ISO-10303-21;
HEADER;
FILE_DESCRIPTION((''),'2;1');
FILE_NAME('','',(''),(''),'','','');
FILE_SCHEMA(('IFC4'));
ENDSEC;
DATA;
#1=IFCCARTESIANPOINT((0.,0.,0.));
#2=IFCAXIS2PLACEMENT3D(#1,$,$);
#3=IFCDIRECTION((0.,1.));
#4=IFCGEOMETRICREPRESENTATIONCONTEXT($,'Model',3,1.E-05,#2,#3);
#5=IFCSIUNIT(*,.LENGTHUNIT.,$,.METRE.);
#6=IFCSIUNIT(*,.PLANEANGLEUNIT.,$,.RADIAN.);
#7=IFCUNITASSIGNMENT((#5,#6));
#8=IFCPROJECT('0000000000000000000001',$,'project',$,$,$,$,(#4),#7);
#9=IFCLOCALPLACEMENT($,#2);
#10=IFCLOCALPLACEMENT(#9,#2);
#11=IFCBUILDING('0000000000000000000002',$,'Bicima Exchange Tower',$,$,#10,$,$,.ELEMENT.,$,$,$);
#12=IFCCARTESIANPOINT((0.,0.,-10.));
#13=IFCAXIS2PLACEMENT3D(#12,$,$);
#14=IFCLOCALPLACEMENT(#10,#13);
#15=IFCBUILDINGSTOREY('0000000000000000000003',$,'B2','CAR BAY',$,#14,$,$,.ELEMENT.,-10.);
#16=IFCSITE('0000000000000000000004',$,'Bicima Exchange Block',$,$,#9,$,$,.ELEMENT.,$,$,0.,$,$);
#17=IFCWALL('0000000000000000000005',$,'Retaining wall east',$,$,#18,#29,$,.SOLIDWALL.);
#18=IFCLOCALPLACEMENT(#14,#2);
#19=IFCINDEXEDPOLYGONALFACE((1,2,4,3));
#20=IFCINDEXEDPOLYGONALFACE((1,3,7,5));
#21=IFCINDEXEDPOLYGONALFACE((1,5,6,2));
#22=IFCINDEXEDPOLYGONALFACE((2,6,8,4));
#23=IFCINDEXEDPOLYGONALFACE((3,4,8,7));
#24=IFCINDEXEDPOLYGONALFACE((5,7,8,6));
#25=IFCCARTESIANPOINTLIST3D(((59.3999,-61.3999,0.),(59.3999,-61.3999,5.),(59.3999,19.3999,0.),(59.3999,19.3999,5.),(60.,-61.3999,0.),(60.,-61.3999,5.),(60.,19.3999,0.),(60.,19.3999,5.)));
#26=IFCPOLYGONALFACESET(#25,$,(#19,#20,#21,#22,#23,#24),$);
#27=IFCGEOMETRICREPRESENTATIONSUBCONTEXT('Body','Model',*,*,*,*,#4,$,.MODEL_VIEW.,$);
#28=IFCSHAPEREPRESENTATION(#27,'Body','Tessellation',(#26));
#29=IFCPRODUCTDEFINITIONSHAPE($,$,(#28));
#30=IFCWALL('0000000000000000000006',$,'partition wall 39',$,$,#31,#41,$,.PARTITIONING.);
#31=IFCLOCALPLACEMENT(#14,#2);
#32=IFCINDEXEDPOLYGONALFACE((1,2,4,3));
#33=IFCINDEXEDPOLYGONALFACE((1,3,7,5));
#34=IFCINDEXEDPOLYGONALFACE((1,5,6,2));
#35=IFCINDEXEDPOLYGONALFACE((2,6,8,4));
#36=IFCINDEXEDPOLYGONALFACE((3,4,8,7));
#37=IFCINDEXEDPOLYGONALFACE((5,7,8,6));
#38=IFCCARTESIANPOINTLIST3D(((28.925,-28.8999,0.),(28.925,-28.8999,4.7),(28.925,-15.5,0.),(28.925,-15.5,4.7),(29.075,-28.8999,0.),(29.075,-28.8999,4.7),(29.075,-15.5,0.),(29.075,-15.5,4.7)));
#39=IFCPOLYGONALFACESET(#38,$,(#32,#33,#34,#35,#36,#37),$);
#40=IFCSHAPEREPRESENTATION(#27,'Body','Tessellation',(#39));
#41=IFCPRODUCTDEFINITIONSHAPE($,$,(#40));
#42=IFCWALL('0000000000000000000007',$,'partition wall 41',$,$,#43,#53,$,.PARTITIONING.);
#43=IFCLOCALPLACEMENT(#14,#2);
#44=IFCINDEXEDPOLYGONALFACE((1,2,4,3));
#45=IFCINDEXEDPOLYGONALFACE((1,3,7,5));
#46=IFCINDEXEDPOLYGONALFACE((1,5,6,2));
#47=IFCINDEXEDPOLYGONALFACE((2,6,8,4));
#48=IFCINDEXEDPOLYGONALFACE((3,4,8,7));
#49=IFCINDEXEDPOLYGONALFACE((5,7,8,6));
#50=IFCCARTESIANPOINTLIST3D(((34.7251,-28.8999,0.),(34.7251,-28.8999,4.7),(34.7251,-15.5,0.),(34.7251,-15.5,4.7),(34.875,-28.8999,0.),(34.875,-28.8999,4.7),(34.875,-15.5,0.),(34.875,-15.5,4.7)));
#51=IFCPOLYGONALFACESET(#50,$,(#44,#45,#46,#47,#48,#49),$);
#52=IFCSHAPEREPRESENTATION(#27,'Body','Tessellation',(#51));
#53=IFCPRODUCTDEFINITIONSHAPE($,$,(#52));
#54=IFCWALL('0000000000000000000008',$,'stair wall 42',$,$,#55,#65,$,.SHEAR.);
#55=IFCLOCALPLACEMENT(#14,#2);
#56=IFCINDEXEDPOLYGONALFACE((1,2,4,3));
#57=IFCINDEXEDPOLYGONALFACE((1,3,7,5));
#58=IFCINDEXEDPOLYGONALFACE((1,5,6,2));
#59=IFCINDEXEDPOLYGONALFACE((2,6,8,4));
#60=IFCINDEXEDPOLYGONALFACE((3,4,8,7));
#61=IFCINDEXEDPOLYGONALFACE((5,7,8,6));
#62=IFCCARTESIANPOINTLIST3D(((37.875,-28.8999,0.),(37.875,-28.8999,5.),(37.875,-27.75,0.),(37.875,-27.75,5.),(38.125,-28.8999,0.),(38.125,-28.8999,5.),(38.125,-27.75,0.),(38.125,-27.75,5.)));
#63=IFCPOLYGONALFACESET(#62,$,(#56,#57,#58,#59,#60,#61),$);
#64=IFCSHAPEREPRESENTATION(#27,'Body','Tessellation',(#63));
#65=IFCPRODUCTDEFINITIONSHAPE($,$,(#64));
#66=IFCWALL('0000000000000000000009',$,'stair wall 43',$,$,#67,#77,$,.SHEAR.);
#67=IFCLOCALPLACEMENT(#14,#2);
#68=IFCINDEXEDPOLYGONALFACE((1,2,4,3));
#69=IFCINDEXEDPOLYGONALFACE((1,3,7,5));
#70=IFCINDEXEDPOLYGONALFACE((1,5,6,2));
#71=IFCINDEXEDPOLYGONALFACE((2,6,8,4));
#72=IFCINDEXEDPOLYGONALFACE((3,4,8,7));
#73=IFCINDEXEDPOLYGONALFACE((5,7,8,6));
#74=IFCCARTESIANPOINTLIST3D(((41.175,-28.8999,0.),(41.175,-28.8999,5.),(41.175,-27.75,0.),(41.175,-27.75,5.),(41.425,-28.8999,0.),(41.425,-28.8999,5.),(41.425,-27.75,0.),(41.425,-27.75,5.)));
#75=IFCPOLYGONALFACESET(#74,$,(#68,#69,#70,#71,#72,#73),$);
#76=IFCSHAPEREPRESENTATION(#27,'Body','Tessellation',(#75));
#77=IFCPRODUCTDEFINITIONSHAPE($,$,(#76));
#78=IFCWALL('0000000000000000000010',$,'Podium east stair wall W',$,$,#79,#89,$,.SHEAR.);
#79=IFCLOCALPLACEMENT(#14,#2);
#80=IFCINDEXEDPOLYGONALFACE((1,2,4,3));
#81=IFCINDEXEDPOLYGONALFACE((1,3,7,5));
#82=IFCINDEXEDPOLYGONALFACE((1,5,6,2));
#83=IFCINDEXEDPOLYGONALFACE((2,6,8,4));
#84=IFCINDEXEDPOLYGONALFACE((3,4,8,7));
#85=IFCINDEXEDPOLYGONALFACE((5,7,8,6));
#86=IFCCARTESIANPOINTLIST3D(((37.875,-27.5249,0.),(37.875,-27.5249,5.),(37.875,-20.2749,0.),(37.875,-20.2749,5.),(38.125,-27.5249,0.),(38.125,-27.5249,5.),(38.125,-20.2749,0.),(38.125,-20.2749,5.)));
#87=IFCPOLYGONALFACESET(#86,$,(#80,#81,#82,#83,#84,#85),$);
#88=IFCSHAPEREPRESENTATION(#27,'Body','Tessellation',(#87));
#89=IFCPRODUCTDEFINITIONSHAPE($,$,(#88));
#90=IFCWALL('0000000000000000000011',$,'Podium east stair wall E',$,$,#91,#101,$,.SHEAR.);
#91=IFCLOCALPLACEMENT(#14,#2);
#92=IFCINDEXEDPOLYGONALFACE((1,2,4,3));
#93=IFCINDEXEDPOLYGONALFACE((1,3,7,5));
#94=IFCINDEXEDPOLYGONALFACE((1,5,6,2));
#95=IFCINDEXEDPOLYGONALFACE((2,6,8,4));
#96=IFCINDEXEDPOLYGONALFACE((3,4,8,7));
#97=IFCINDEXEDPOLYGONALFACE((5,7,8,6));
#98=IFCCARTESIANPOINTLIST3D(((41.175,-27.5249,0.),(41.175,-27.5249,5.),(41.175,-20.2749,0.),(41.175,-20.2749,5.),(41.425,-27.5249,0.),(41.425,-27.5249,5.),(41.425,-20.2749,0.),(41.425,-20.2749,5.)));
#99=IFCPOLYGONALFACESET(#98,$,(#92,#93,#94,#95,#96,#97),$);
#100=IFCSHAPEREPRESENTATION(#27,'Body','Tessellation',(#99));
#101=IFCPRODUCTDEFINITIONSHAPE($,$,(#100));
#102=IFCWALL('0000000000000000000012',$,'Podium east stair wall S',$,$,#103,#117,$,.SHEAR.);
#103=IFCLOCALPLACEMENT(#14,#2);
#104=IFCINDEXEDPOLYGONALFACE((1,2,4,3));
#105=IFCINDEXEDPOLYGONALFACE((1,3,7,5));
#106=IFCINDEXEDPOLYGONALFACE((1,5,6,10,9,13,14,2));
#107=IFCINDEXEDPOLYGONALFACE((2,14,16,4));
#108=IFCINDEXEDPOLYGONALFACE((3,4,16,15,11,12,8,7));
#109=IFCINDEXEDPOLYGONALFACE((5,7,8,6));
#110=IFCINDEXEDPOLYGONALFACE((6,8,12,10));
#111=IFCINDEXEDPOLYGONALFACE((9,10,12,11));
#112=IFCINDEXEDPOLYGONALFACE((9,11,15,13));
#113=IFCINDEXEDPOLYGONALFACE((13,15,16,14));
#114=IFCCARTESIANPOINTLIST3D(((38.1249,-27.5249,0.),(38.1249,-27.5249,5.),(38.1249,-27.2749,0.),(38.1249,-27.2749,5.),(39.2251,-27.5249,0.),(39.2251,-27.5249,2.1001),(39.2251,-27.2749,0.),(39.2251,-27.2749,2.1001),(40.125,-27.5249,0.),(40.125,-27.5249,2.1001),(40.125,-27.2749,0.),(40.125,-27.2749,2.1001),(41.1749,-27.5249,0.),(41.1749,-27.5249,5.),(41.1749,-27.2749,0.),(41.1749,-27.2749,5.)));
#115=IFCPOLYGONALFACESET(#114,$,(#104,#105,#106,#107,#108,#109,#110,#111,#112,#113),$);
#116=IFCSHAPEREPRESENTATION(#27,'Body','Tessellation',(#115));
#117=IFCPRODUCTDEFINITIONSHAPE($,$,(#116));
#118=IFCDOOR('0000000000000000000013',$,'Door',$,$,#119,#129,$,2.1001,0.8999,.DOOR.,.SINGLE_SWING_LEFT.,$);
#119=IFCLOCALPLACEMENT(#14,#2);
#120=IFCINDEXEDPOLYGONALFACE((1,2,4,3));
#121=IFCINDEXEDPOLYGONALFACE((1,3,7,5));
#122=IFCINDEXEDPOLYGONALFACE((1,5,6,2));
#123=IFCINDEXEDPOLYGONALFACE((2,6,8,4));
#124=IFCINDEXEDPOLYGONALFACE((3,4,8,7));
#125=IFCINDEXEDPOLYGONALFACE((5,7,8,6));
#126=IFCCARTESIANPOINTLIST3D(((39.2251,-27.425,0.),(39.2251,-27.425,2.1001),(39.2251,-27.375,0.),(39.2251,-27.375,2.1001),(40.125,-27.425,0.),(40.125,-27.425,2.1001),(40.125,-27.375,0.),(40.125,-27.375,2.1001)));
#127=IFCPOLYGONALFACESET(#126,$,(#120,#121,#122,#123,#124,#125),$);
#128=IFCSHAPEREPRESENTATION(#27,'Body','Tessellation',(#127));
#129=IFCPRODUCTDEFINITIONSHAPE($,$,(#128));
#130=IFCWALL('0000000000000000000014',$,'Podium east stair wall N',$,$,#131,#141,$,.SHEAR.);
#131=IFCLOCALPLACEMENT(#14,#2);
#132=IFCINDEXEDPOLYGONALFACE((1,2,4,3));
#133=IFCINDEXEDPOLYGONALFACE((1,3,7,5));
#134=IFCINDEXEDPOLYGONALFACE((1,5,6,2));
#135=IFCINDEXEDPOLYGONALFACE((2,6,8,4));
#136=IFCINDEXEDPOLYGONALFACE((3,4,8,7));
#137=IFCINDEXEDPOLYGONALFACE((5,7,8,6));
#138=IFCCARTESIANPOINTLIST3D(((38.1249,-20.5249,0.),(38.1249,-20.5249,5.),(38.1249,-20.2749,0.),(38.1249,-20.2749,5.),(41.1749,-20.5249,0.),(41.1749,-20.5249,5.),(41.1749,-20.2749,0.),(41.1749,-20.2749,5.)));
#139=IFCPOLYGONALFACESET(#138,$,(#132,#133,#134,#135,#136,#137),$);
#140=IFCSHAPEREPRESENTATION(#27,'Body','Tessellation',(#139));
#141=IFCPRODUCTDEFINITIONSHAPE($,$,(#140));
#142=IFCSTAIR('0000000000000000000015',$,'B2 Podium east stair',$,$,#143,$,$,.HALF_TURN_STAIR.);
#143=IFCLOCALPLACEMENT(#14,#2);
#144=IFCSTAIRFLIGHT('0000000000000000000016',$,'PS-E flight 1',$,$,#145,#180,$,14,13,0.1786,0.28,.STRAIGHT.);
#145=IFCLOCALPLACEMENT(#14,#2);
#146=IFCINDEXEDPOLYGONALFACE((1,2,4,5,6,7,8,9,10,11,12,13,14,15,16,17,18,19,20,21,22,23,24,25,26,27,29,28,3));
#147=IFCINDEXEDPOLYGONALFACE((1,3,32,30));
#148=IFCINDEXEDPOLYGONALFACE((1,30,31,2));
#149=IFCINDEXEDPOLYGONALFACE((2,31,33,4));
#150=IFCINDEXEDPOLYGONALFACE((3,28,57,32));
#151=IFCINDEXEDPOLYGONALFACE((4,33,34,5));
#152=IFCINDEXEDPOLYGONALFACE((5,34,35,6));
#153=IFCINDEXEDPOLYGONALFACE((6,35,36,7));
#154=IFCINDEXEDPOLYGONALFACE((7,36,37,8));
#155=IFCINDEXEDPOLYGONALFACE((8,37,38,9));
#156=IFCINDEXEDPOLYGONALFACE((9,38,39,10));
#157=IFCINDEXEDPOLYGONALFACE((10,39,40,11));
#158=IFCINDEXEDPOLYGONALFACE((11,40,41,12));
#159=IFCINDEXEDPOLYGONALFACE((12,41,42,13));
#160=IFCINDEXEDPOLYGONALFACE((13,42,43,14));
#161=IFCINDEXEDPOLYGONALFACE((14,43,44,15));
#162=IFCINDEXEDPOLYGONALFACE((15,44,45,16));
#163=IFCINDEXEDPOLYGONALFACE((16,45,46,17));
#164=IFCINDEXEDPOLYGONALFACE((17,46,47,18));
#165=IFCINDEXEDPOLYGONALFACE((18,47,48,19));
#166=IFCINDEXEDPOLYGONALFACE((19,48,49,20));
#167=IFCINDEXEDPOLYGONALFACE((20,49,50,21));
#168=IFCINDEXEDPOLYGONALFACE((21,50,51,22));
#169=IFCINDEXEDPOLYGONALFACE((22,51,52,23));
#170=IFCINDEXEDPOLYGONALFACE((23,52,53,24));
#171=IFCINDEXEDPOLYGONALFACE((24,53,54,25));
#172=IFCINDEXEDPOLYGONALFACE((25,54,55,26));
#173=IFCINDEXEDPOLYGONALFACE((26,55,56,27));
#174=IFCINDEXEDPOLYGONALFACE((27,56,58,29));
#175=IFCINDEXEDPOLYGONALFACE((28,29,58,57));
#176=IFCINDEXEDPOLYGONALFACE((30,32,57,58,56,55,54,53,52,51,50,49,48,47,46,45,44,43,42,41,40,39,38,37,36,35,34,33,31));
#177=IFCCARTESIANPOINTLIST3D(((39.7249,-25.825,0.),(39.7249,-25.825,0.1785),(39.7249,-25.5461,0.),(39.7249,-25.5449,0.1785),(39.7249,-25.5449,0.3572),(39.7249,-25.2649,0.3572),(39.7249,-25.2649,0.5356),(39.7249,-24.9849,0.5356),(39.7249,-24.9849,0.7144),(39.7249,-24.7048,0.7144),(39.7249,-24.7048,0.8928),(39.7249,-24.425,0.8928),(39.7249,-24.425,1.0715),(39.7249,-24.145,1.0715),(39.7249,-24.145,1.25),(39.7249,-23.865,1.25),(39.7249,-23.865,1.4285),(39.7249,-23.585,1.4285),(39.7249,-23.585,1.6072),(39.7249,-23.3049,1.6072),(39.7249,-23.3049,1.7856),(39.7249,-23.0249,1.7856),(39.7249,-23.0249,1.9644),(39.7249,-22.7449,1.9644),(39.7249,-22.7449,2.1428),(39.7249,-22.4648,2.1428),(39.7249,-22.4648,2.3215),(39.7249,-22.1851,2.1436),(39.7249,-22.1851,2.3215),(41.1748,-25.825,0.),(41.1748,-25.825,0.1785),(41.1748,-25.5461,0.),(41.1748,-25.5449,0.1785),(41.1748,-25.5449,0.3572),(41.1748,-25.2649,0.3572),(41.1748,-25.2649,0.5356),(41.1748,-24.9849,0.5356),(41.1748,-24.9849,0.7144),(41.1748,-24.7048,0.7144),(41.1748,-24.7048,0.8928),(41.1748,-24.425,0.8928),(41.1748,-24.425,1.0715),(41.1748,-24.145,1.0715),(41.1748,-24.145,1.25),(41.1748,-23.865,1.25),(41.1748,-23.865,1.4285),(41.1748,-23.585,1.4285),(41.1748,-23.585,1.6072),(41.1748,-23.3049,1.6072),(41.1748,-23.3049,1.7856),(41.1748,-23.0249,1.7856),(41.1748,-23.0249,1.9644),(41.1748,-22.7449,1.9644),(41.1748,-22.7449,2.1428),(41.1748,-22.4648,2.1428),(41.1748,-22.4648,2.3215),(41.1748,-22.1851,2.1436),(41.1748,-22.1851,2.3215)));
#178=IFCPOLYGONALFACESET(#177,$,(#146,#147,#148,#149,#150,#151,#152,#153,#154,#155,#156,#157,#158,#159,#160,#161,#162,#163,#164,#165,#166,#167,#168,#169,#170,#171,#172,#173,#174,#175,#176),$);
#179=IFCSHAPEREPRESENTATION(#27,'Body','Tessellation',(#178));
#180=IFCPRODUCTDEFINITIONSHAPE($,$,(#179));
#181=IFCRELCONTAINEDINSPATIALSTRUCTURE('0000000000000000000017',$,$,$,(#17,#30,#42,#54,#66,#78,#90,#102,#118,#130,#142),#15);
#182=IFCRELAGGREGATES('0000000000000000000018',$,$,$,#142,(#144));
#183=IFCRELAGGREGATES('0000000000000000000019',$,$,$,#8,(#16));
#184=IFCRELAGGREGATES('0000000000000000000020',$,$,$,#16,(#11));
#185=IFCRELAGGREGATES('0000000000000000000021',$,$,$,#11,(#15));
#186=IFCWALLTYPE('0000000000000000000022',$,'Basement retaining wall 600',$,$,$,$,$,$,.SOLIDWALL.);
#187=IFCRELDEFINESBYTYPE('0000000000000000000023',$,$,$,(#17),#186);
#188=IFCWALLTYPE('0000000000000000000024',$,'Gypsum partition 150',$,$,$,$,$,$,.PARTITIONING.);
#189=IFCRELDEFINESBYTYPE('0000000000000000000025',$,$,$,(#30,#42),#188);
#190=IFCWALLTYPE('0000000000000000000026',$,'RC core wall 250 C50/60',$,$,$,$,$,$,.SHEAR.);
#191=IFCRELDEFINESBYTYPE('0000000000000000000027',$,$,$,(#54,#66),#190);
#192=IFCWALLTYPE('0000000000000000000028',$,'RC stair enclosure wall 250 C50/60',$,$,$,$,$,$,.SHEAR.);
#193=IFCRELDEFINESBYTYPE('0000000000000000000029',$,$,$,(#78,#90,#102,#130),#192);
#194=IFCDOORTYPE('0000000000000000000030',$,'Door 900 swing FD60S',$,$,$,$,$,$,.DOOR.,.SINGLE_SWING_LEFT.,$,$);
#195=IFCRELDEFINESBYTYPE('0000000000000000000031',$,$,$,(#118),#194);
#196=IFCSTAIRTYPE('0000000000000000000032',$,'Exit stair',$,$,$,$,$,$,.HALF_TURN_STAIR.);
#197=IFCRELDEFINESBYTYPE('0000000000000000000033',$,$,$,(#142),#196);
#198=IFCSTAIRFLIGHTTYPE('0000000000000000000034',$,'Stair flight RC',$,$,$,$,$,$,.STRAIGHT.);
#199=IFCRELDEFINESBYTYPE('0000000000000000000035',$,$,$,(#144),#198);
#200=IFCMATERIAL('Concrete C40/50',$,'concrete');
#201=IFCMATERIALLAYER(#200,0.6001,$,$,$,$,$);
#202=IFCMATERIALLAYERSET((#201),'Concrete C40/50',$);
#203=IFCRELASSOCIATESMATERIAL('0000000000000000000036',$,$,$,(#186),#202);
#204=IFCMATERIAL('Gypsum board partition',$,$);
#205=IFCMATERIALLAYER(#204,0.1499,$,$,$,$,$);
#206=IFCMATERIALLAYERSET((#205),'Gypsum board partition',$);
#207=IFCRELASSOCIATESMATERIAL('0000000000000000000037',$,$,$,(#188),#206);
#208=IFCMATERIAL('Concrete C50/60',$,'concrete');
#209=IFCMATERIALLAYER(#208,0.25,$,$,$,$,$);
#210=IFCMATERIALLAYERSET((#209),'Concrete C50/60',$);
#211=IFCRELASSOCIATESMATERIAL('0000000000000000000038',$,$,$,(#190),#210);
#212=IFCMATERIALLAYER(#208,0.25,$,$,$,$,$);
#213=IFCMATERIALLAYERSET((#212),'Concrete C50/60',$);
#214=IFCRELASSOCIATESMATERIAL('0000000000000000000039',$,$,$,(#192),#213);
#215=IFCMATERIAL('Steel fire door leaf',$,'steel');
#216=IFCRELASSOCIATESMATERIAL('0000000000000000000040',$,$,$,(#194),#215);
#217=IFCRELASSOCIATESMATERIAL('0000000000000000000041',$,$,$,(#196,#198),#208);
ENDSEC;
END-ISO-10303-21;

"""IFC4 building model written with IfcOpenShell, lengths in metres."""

from ifc_helpers import new_model, si_unit, direction, frame, frame_2d, origin, place, context, subcontext, project, spatial, polyline, rectangle, outline, extrude, material, layer, layer_set, type_object, element, fill, aggregate, save


model = new_model("IFC4")

# Units and contexts
model_context = context("Model", 3, precision=1e-05, world=origin(), true_north=direction((0.0, 1.0)))
body_context = subcontext(model_context, "Body", "Model", "MODEL_VIEW")
ifc_project = project(units=[si_unit("LENGTHUNIT", "METRE"), si_unit("PLANEANGLEUNIT", "RADIAN")], contexts=[model_context])

# Site, building, storey
site_placement = place(None, origin())
site = spatial("IfcSite", under=ifc_project, at=site_placement, Name="Bicima Exchange Block", CompositionType="ELEMENT", RefElevation=0.0)
building_placement = place(site_placement, origin())
building = spatial("IfcBuilding", under=site, at=building_placement, Name="Bicima Exchange Tower", CompositionType="ELEMENT")
storey_placement = place(building_placement, frame((0.0, 0.0, -10.0)))
storey = spatial("IfcBuildingStorey", under=building, at=storey_placement, Name="B2", Description="CAR BAY", CompositionType="ELEMENT", Elevation=-10.0)

# Walls
ifc_material_1 = material(Name="Concrete C40/50", Category="concrete")
ifc_layer_1 = layer(ifc_material_1, 0.6001)
ifc_layer_set_1 = layer_set([ifc_layer_1], Name="Concrete C40/50")
wall_type_1 = type_object("IfcWallType", Name="Basement retaining wall 600", PredefinedType="SOLIDWALL", material=ifc_layer_set_1)
wall_1_placement = place(storey_placement, frame((59.7, -61.3999, 0.0), z_axis=(0.0, 0.0, 1.0), x_axis=(0.0, 1.0, 0.0)))
element("IfcWall", 1, at=wall_1_placement, inside=storey, type_object=wall_type_1, Name="Retaining wall east", PredefinedType="SOLIDWALL", context=body_context, shape_type="SweptSolid", body=[
    extrude(rectangle(XDim=80.7998, YDim=0.6001, at=frame_2d((40.3999, 0.0))), origin(), (0.0, 0.0, 1.0), 5.0),
])
ifc_material_2 = material(Name="Gypsum board partition")
ifc_layer_2 = layer(ifc_material_2, 0.1499)
ifc_layer_set_2 = layer_set([ifc_layer_2], Name="Gypsum board partition")
wall_type_2 = type_object("IfcWallType", Name="Gypsum partition 150", PredefinedType="PARTITIONING", material=ifc_layer_set_2)
for number, where, z_axis, x_axis, name in (
    (2, (29.0, -28.8999, 0.0), (0.0, 0.0, 1.0), (0.0, 1.0, 0.0), "partition wall 39"),
    (3, (34.8, -28.8999, 0.0), (0.0, 0.0, 1.0), (0.0, 1.0, 0.0), "partition wall 41"),
):
    element("IfcWall", number, at=place(storey_placement, frame(where, z_axis=z_axis, x_axis=x_axis)), inside=storey, type_object=wall_type_2, Name=name, PredefinedType="PARTITIONING", context=body_context, shape_type="SweptSolid", body=[
        extrude(rectangle(XDim=13.3999, YDim=0.1499, at=frame_2d((6.7, 0.0))), origin(), (0.0, 0.0, 1.0), 4.7),
    ])
ifc_material_3 = material(Name="Concrete C50/60", Category="concrete")
ifc_layer_3 = layer(ifc_material_3, 0.25)
ifc_layer_set_3 = layer_set([ifc_layer_3], Name="Concrete C50/60")
wall_type_3 = type_object("IfcWallType", Name="RC core wall 250 C50/60", PredefinedType="SHEAR", material=ifc_layer_set_3)
for number, where, z_axis, x_axis, name in (
    (4, (38.0, -28.8999, 0.0), (0.0, 0.0, 1.0), (0.0, 1.0, 0.0), "stair wall 42"),
    (5, (41.3, -28.8999, 0.0), (0.0, 0.0, 1.0), (0.0, 1.0, 0.0), "stair wall 43"),
):
    element("IfcWall", number, at=place(storey_placement, frame(where, z_axis=z_axis, x_axis=x_axis)), inside=storey, type_object=wall_type_3, Name=name, PredefinedType="SHEAR", context=body_context, shape_type="SweptSolid", body=[
        extrude(rectangle(XDim=1.1499, YDim=0.25, at=frame_2d((0.575, 0.0))), origin(), (0.0, 0.0, 1.0), 5.0),
    ])
ifc_layer_4 = layer(ifc_material_3, 0.25)
ifc_layer_set_4 = layer_set([ifc_layer_4], Name="Concrete C50/60")
wall_type_4 = type_object("IfcWallType", Name="RC stair enclosure wall 250 C50/60", PredefinedType="SHEAR", material=ifc_layer_set_4)
for number, where, z_axis, x_axis, name in (
    (6, (38.0, -27.5249, 0.0), (0.0, 0.0, 1.0), (0.0, 1.0, 0.0), "Podium east stair wall W"),
    (7, (41.3, -27.5249, 0.0), (0.0, 0.0, 1.0), (0.0, 1.0, 0.0), "Podium east stair wall E"),
):
    element("IfcWall", number, at=place(storey_placement, frame(where, z_axis=z_axis, x_axis=x_axis)), inside=storey, type_object=wall_type_4, Name=name, PredefinedType="SHEAR", context=body_context, shape_type="SweptSolid", body=[
        extrude(rectangle(XDim=7.25, YDim=0.25, at=frame_2d((3.625, 0.0))), origin(), (0.0, 0.0, 1.0), 5.0),
    ])

# Wall, opening, door
wall_2_placement = place(storey_placement, frame((38.125, -27.3999, 0.0), z_axis=(0.0, 0.0, 1.0), x_axis=(1.0, 0.0, 0.0)))
wall_2 = element("IfcWall", 8, at=wall_2_placement, inside=storey, type_object=wall_type_4, Name="Podium east stair wall S", PredefinedType="SHEAR", context=body_context, shape_type="SweptSolid", body=[
    extrude(rectangle(XDim=3.05, YDim=0.25, at=frame_2d((1.5249, 0.0))), origin(), (0.0, 0.0, 1.0), 5.0),
])
opening_placement = place(wall_2_placement, frame((1.1001, 0.0, 0.0)))
opening = element("IfcOpeningElement", 9, at=opening_placement, cuts=wall_2, PredefinedType="OPENING", context=body_context, shape_type="SweptSolid", body=[
    extrude(rectangle(XDim=0.8999, YDim=2.1001, at=frame_2d((0.45, 1.05))), frame((0.0, 0.137, 0.0), z_axis=(0.0, -1.0, 0.0), x_axis=(1.0, 0.0, 0.0)), (0.0, 0.0, 1.0), 0.2739),
])
ifc_material_4 = material(Name="Steel fire door leaf", Category="steel")
door_type = type_object("IfcDoorType", Name="Door 900 swing FD60S", OperationType="SINGLE_SWING_LEFT", PredefinedType="DOOR", material=ifc_material_4)
door_placement = place(opening_placement, origin())
door = element("IfcDoor", 10, at=door_placement, inside=storey, type_object=door_type, Name="Door", OperationType="SINGLE_SWING_LEFT", OverallHeight=2.1001, OverallWidth=0.8999, PredefinedType="DOOR", context=body_context, shape_type="SweptSolid", body=[
    extrude(rectangle(XDim=0.8999, YDim=2.1001, at=frame_2d((0.45, 1.05))), frame((0.0, 0.0249, 0.0), z_axis=(0.0, -1.0, 0.0), x_axis=(1.0, 0.0, 0.0)), (0.0, 0.0, 1.0), 0.05),
])
fill(opening, door)

# Wall
wall_3_placement = place(storey_placement, frame((38.125, -20.3999, 0.0), z_axis=(0.0, 0.0, 1.0), x_axis=(1.0, 0.0, 0.0)))
element("IfcWall", 11, at=wall_3_placement, inside=storey, type_object=wall_type_4, Name="Podium east stair wall N", PredefinedType="SHEAR", context=body_context, shape_type="SweptSolid", body=[
    extrude(rectangle(XDim=3.05, YDim=0.25, at=frame_2d((1.5249, 0.0))), origin(), (0.0, 0.0, 1.0), 5.0),
])

# Stair, stair flight
stair_type = type_object("IfcStairType", Name="Exit stair", PredefinedType="HALF_TURN_STAIR", material=ifc_material_3)
stair_placement = place(storey_placement, origin())
stair = element("IfcStair", 12, at=stair_placement, inside=storey, type_object=stair_type, Name="B2 Podium east stair", PredefinedType="HALF_TURN_STAIR")
stair_flight_type = type_object("IfcStairFlightType", Name="Stair flight RC", PredefinedType="STRAIGHT", material=ifc_material_3)
stair_flight_1_placement = place(storey_placement, frame((40.45, -25.825, 0.0), z_axis=(0.0, 0.0, 1.0), x_axis=(0.0, 1.0, 0.0)))
stair_flight_1 = element("IfcStairFlight", 13, at=stair_flight_1_placement, type_object=stair_flight_type, Name="PS-E flight 1", NumberOfRisers=14, NumberOfTreads=13, PredefinedType="STRAIGHT", RiserHeight=0.1786, TreadLength=0.28, context=body_context, shape_type="SweptSolid", body=[
    extrude(outline(polyline([(0.0, 0.0), (0.0, 0.1785), (0.28, 0.1785), (0.28, 0.3572), (0.5601, 0.3572), (0.5601, 0.5356), (0.8401, 0.5356), (0.8401, 0.7144), (1.1201, 0.7144), (1.1201, 0.8928), (1.3999, 0.8928), (1.3999, 1.0715), (1.6799, 1.0715), (1.6799, 1.25), (1.96, 1.25), (1.96, 1.4285), (2.24, 1.4285), (2.24, 1.6072), (2.52, 1.6072), (2.52, 1.7856), (2.8, 1.7856), (2.8, 1.9644), (3.0801, 1.9644), (3.0801, 2.1428), (3.3601, 2.1428), (3.3601, 2.3215), (3.6399, 2.3215), (3.6399, 2.5), (3.6399, 2.1436), (0.2788, 0.0), (0.0, 0.0)])), frame((0.0, 0.7251, 0.0), z_axis=(0.0, -1.0, 0.0), x_axis=(1.0, 0.0, 0.0)), (0.0, 0.0, 1.0), 1.45),
])
aggregate(stair, [stair_flight_1])

save(model, "model.ifc")
